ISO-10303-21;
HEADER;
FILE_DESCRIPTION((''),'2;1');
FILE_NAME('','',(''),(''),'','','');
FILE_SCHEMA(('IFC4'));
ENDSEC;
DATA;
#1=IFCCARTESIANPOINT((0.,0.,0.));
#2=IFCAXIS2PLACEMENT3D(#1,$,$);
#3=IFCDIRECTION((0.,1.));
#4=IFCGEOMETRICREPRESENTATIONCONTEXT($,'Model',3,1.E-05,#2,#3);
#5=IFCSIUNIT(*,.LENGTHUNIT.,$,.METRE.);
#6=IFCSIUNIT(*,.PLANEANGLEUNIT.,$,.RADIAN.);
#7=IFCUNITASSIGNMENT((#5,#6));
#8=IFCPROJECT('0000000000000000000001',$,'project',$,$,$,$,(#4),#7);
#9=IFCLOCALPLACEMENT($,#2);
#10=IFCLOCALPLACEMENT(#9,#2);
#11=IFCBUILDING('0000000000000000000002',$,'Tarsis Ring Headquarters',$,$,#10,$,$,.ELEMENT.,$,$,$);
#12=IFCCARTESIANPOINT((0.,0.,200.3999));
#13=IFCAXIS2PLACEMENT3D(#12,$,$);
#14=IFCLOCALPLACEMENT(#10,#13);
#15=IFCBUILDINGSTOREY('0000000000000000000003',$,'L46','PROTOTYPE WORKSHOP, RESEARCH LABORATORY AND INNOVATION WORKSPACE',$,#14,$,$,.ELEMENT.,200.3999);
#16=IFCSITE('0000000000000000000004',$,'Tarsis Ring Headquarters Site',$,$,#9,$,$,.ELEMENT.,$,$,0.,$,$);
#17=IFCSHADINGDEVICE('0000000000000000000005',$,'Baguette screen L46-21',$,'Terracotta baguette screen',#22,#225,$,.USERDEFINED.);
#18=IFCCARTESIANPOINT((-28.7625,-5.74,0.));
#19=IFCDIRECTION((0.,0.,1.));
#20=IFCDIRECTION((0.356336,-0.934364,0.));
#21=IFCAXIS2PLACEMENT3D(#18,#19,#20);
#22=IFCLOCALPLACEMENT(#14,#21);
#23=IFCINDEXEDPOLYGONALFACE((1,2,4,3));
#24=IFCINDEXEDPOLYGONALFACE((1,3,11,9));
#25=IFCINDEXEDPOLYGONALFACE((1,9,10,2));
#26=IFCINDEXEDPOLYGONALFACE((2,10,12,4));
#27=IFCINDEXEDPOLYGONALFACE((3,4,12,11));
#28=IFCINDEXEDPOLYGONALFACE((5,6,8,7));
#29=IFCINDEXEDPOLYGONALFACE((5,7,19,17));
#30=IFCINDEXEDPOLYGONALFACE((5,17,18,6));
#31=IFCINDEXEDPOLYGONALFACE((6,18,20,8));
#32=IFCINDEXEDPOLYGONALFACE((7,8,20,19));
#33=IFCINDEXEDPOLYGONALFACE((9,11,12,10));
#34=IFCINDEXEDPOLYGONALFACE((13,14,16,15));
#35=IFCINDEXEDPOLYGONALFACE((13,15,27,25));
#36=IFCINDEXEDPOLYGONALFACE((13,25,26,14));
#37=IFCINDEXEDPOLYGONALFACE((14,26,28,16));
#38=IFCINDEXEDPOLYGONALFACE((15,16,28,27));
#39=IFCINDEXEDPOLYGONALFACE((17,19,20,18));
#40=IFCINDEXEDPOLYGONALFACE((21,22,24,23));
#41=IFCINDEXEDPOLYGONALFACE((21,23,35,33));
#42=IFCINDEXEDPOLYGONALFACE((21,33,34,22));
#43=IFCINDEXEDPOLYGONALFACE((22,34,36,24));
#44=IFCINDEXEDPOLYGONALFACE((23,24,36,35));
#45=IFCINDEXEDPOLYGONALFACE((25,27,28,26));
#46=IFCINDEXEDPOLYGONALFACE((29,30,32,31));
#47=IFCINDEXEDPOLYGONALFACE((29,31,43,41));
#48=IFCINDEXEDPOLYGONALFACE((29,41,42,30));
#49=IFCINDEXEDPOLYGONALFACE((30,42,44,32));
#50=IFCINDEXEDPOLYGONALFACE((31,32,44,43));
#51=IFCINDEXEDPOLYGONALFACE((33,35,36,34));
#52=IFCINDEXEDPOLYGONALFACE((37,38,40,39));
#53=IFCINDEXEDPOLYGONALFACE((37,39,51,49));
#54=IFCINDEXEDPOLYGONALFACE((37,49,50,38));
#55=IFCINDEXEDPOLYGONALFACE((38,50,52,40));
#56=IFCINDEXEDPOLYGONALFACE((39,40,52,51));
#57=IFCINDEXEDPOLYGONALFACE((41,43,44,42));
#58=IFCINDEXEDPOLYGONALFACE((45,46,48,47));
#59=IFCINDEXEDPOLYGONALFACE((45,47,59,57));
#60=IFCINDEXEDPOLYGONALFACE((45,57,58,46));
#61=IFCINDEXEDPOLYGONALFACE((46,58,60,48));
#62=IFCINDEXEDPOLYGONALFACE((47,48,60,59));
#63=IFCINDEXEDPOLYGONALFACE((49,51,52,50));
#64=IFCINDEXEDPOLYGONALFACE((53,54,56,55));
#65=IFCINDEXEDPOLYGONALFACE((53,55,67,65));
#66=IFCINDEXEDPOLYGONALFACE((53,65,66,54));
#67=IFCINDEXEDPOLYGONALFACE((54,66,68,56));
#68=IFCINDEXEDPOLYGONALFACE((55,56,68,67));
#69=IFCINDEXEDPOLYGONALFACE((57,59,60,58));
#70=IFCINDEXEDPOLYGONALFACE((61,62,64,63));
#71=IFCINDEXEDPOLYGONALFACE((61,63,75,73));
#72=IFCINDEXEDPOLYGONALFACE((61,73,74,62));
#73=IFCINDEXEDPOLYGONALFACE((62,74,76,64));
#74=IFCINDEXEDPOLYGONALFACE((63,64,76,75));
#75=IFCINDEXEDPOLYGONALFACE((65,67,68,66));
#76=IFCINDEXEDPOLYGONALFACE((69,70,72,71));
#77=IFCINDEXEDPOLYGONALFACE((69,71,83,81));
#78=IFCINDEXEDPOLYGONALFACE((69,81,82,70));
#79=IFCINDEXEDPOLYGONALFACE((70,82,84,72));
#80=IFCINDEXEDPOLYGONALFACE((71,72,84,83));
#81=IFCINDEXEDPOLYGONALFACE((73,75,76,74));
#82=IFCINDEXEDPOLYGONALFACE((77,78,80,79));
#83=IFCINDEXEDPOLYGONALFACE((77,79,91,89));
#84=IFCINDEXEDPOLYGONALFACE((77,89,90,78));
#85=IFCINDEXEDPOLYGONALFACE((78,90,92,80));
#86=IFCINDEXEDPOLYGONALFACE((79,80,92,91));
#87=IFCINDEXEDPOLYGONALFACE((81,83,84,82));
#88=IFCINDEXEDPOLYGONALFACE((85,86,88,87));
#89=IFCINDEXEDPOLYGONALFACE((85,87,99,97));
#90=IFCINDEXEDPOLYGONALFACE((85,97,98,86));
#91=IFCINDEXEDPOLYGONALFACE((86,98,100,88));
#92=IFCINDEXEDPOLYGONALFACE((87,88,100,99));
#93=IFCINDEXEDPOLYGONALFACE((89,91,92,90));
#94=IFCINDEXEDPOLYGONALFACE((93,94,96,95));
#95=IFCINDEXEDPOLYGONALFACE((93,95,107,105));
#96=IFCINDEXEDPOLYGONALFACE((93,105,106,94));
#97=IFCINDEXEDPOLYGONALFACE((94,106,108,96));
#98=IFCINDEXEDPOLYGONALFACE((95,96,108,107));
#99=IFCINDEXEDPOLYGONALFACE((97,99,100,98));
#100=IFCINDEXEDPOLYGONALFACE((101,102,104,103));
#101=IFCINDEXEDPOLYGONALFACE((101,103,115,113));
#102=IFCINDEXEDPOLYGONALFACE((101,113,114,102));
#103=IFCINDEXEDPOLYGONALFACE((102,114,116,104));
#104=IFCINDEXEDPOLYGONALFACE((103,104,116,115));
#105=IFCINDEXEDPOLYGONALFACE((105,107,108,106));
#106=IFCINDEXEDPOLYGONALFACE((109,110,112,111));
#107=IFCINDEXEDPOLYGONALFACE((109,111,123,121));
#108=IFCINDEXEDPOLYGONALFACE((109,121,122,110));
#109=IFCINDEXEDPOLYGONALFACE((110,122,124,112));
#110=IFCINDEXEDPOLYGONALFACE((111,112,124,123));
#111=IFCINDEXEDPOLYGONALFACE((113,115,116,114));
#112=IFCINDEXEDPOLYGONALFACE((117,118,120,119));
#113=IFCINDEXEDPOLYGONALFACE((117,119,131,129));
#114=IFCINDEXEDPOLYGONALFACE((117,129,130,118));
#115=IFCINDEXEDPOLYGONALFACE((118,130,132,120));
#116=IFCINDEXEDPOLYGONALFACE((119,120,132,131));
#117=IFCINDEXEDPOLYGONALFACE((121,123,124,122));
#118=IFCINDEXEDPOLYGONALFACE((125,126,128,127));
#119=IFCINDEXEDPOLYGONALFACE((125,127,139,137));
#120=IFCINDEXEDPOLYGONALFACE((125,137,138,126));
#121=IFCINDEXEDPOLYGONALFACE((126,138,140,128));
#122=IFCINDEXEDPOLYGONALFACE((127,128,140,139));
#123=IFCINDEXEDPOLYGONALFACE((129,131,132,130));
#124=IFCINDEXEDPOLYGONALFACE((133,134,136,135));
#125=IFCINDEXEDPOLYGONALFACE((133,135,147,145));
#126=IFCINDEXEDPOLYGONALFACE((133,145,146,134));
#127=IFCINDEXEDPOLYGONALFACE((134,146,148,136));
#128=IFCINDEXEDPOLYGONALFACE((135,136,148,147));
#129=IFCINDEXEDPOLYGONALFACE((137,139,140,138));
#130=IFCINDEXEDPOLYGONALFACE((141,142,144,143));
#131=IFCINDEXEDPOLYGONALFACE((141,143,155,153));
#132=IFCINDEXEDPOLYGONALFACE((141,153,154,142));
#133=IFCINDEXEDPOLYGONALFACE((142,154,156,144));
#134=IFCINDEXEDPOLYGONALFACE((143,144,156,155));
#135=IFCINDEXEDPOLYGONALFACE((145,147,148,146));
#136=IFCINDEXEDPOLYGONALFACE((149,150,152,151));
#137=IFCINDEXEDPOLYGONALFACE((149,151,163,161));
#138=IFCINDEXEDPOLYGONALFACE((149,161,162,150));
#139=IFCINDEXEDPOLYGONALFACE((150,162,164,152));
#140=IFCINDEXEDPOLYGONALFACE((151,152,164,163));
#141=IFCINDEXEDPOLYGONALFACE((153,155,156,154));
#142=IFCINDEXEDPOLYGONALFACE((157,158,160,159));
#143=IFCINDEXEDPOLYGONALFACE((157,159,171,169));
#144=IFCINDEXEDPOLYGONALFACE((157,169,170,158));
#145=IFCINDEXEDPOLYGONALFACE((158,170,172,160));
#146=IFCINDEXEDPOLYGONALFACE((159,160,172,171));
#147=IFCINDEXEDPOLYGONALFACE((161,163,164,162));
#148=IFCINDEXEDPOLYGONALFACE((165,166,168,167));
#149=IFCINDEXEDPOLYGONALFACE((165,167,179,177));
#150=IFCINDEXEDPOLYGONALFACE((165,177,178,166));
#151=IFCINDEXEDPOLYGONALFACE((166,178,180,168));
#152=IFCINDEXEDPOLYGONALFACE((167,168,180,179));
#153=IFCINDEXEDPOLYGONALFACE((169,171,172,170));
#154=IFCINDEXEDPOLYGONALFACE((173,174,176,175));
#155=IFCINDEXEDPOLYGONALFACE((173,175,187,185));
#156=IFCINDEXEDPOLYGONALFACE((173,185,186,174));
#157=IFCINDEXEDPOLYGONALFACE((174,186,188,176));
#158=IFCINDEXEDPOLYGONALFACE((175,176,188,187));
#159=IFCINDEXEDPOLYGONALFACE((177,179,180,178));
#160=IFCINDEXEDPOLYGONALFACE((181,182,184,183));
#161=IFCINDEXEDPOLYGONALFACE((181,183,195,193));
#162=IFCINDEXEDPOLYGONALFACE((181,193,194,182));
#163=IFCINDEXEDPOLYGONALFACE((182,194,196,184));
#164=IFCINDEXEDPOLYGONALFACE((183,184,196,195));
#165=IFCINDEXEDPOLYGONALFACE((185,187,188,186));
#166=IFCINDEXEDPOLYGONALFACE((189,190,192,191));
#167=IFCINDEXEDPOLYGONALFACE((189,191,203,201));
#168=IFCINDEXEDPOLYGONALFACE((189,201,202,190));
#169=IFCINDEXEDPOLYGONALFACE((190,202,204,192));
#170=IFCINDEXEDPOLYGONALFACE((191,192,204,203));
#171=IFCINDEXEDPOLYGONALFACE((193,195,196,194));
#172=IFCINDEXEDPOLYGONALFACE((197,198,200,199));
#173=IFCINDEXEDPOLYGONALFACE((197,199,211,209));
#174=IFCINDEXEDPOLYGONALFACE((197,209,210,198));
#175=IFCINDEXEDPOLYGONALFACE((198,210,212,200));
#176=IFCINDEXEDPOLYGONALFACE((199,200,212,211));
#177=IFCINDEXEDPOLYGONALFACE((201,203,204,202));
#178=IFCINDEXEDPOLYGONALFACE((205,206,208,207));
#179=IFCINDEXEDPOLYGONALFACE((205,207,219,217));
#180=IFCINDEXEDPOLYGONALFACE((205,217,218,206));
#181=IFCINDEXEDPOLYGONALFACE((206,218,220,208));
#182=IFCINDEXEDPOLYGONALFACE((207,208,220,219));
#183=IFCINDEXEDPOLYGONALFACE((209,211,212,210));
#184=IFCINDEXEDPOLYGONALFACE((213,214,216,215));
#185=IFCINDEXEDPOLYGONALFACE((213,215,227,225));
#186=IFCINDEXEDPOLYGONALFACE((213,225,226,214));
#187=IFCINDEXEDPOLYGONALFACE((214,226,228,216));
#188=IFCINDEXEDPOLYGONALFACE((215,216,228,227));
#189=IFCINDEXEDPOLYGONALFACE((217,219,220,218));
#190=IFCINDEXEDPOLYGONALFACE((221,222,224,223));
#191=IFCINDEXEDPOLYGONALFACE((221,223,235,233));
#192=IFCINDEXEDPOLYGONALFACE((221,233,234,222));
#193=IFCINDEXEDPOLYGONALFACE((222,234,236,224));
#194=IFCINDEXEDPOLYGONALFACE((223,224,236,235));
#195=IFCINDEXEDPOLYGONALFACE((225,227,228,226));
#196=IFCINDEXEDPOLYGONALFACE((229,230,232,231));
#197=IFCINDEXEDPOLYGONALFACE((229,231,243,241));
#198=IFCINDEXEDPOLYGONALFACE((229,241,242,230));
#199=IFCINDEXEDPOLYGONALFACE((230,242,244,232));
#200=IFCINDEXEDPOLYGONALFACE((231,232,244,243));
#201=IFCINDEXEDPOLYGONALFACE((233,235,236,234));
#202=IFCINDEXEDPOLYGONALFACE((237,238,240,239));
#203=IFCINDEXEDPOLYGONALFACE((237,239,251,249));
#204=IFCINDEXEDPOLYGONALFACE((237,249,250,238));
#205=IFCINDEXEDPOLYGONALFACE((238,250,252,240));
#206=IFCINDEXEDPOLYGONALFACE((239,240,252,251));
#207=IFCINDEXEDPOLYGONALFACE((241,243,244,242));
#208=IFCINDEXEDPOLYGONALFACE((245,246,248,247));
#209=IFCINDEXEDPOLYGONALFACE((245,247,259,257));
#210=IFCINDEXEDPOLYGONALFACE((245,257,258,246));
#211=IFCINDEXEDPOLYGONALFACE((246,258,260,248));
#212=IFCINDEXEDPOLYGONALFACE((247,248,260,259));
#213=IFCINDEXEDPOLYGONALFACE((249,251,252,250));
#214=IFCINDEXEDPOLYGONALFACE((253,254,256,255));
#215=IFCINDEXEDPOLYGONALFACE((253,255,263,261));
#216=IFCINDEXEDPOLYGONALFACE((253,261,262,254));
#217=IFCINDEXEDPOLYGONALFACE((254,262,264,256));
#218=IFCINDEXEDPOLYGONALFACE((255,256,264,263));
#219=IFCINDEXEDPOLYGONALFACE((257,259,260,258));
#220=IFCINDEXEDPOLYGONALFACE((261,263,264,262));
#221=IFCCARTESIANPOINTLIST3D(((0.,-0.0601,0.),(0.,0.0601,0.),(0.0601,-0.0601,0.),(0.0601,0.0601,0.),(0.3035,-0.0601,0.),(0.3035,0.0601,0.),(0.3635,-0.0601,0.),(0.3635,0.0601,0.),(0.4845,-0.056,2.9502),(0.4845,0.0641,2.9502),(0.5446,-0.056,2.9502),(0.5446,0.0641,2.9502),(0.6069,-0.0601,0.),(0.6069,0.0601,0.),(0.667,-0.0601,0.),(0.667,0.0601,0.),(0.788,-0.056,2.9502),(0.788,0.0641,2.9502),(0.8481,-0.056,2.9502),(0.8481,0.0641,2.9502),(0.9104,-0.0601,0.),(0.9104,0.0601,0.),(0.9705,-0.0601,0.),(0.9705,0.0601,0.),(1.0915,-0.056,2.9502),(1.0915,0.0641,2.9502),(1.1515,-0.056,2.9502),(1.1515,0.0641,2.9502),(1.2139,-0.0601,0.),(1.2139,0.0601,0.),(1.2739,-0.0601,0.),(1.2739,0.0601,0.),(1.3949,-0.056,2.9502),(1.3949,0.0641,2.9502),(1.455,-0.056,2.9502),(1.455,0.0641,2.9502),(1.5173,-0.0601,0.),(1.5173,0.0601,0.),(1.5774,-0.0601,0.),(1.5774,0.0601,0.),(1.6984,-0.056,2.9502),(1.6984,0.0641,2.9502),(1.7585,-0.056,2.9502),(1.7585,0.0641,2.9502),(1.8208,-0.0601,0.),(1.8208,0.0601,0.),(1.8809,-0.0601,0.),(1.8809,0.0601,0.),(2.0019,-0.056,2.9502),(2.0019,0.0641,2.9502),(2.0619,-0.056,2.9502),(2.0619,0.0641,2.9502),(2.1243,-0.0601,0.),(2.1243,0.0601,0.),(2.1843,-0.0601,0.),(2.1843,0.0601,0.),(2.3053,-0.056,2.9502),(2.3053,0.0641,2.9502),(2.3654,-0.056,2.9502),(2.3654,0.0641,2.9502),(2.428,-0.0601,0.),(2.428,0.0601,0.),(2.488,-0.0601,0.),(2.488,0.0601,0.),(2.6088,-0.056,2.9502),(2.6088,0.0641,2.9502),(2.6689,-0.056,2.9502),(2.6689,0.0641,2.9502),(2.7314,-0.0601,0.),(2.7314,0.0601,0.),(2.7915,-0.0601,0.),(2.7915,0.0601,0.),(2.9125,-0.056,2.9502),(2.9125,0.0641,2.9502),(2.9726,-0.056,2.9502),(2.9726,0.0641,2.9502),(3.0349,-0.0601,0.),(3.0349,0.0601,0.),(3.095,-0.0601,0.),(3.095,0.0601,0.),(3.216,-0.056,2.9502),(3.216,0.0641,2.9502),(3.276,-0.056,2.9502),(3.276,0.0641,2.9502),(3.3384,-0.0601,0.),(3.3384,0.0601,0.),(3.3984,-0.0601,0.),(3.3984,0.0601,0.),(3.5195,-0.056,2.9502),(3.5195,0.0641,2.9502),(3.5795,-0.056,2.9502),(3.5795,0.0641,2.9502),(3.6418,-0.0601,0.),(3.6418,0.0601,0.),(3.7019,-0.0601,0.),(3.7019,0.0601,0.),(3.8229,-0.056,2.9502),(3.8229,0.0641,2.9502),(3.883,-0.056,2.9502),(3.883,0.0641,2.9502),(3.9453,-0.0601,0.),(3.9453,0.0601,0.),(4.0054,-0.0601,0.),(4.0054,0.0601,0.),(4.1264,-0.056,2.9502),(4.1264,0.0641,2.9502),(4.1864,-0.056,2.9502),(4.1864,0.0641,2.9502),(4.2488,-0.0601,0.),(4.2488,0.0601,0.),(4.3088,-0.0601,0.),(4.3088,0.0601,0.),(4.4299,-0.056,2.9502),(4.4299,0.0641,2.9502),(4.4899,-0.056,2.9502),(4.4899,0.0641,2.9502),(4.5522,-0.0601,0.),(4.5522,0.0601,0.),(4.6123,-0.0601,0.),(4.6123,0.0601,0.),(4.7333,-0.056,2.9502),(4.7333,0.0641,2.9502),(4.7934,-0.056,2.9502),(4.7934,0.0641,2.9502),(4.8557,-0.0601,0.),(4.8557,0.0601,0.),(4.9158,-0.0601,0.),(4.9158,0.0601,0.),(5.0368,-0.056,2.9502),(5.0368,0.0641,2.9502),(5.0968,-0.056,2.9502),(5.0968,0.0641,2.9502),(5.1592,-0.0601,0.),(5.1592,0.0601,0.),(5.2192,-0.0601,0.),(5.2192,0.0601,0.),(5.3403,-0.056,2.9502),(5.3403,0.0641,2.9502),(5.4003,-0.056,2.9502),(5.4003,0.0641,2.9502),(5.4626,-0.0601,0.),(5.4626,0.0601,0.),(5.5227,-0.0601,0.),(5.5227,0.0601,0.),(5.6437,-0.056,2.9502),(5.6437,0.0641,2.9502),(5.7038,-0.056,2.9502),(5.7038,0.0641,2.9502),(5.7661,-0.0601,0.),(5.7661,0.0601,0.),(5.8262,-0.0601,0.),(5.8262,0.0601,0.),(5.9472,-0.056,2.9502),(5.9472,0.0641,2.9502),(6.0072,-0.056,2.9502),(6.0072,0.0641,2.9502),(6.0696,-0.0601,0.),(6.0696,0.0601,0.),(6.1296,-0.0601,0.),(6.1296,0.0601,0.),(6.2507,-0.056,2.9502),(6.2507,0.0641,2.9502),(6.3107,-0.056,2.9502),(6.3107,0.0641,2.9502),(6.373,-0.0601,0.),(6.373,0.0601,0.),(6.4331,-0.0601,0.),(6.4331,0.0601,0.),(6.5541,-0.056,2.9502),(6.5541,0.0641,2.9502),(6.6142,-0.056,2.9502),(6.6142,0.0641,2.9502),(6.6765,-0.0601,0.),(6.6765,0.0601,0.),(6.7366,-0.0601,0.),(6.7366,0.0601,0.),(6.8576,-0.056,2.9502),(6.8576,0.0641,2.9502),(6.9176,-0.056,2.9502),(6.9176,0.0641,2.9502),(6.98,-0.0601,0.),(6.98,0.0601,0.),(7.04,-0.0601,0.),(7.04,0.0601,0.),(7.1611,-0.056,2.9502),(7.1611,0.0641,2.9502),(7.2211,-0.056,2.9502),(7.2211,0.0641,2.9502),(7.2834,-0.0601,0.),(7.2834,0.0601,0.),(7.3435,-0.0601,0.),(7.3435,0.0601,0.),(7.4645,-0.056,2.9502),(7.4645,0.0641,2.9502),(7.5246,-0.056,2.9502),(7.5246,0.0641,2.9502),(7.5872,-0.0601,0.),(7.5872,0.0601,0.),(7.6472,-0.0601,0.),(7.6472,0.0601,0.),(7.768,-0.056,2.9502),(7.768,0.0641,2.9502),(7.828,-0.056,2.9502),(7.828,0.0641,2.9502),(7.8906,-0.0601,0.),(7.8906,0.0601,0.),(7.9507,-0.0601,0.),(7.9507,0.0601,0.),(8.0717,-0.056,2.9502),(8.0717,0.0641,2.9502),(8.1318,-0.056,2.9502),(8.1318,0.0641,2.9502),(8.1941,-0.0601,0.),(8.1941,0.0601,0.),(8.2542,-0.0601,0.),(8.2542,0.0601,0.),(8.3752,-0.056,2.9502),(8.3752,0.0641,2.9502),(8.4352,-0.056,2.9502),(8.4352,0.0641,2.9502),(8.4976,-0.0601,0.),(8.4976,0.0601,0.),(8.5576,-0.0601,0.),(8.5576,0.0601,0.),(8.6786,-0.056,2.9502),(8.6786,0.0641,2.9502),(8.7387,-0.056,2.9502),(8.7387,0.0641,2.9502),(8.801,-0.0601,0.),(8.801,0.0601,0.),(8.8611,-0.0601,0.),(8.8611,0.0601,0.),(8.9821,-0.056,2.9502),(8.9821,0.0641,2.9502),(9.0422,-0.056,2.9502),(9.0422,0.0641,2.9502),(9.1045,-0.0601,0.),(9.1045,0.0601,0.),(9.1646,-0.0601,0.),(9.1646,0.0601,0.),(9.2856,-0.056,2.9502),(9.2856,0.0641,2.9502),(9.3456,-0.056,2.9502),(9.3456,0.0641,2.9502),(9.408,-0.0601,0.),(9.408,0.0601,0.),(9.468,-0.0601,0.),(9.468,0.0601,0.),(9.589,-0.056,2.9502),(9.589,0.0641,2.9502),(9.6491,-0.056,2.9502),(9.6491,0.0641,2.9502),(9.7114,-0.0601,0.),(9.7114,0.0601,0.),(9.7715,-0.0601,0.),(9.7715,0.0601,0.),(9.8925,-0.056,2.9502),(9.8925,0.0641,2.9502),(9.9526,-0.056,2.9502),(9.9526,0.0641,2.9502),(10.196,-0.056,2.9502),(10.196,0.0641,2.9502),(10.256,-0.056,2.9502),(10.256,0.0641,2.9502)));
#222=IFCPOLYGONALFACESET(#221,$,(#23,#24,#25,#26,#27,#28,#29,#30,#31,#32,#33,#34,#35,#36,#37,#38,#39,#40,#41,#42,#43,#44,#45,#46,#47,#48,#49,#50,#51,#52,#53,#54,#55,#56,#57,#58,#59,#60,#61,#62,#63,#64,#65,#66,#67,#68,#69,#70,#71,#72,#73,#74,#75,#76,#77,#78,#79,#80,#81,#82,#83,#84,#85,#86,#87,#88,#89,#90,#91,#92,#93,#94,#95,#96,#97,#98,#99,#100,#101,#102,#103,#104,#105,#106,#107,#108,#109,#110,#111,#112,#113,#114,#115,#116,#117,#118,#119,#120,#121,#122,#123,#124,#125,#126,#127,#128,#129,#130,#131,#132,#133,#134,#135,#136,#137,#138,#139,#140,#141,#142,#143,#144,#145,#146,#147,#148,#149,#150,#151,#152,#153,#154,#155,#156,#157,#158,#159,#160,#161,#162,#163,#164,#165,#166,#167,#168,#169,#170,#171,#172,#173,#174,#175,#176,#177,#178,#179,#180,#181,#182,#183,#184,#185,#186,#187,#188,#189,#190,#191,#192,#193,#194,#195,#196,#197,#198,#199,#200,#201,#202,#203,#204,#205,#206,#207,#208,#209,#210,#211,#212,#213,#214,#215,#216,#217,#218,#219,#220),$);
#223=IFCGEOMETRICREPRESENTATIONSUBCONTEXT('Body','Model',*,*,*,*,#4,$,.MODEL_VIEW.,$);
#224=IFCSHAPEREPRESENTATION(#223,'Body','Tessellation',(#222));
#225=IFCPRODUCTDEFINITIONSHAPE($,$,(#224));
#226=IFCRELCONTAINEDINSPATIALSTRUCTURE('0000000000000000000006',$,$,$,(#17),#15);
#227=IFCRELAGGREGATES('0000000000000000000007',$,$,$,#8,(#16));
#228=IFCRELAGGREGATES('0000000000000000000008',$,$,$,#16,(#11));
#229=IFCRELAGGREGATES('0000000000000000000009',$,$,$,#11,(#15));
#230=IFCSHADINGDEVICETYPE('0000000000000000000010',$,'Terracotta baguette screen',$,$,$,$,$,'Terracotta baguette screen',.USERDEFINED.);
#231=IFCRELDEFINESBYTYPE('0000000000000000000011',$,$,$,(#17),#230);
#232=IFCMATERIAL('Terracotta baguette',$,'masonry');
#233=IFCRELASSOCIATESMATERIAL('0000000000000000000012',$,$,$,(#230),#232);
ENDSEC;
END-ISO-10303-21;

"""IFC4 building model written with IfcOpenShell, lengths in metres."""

from ifc_helpers import new_model, si_unit, direction, frame, frame_2d, origin, place, context, subcontext, project, spatial, rectangle, composite_profile, extrude, material, type_object, element, save


model = new_model("IFC4")

# Units and contexts
model_context = context("Model", 3, precision=1e-05, world=origin(), true_north=direction((0.0, 1.0)))
body_context = subcontext(model_context, "Body", "Model", "MODEL_VIEW")
ifc_project = project(units=[si_unit("LENGTHUNIT", "METRE"), si_unit("PLANEANGLEUNIT", "RADIAN")], contexts=[model_context])

# Site, building, storey
site_placement = place(None, origin())
site = spatial("IfcSite", under=ifc_project, at=site_placement, Name="Tarsis Ring Headquarters Site", CompositionType="ELEMENT", RefElevation=0.0)
building_placement = place(site_placement, origin())
building = spatial("IfcBuilding", under=site, at=building_placement, Name="Tarsis Ring Headquarters", CompositionType="ELEMENT")
storey_placement = place(building_placement, frame((0.0, 0.0, 200.3999)))
storey = spatial("IfcBuildingStorey", under=building, at=storey_placement, Name="L46", Description="PROTOTYPE WORKSHOP, RESEARCH LABORATORY AND INNOVATION WORKSPACE", CompositionType="ELEMENT", Elevation=200.3999)

# Shading device
ifc_material_1 = material(Name="Terracotta baguette", Category="masonry")
shading_device_type = type_object("IfcShadingDeviceType", Name="Terracotta baguette screen", ElementType="Terracotta baguette screen", PredefinedType="USERDEFINED", material=ifc_material_1)
shading_device_1_placement = place(storey_placement, frame((-28.7625, -5.74, 0.0), z_axis=(0.0, 0.0, 1.0), x_axis=(0.356336, -0.934364, 0.0)))
element("IfcShadingDevice", 1, at=shading_device_1_placement, inside=storey, type_object=shading_device_type, Name="Baguette screen L46-21", ObjectType="Terracotta baguette screen", PredefinedType="USERDEFINED", context=body_context, shape_type="SweptSolid", body=[
    extrude(composite_profile([rectangle(XDim=0.0601, YDim=0.1201, at=frame_2d((0.03, 0.0))), rectangle(XDim=0.0601, YDim=0.1201, at=frame_2d((0.3335, 0.0))), rectangle(XDim=0.0601, YDim=0.1201, at=frame_2d((0.637, 0.0))), rectangle(XDim=0.0601, YDim=0.1201, at=frame_2d((0.9404, 0.0))), rectangle(XDim=0.0601, YDim=0.1201, at=frame_2d((1.2439, 0.0))), rectangle(XDim=0.0601, YDim=0.1201, at=frame_2d((1.5474, 0.0))), rectangle(XDim=0.0601, YDim=0.1201, at=frame_2d((1.8508, 0.0))), rectangle(XDim=0.0601, YDim=0.1201, at=frame_2d((2.1543, 0.0))), rectangle(XDim=0.0601, YDim=0.1201, at=frame_2d((2.458, 0.0))), rectangle(XDim=0.0601, YDim=0.1201, at=frame_2d((2.7615, 0.0))), rectangle(XDim=0.0601, YDim=0.1201, at=frame_2d((3.0649, 0.0))), rectangle(XDim=0.0601, YDim=0.1201, at=frame_2d((3.3684, 0.0))), rectangle(XDim=0.0601, YDim=0.1201, at=frame_2d((3.6719, 0.0))), rectangle(XDim=0.0601, YDim=0.1201, at=frame_2d((3.9753, 0.0))), rectangle(XDim=0.0601, YDim=0.1201, at=frame_2d((4.2788, 0.0))), rectangle(XDim=0.0601, YDim=0.1201, at=frame_2d((4.5823, 0.0))), rectangle(XDim=0.0601, YDim=0.1201, at=frame_2d((4.8857, 0.0))), rectangle(XDim=0.0601, YDim=0.1201, at=frame_2d((5.1892, 0.0))), rectangle(XDim=0.0601, YDim=0.1201, at=frame_2d((5.4927, 0.0))), rectangle(XDim=0.0601, YDim=0.1201, at=frame_2d((5.7961, 0.0))), rectangle(XDim=0.0601, YDim=0.1201, at=frame_2d((6.0996, 0.0))), rectangle(XDim=0.0601, YDim=0.1201, at=frame_2d((6.4031, 0.0))), rectangle(XDim=0.0601, YDim=0.1201, at=frame_2d((6.7065, 0.0))), rectangle(XDim=0.0601, YDim=0.1201, at=frame_2d((7.01, 0.0))), rectangle(XDim=0.0601, YDim=0.1201, at=frame_2d((7.3135, 0.0))), rectangle(XDim=0.0601, YDim=0.1201, at=frame_2d((7.6172, 0.0))), rectangle(XDim=0.0601, YDim=0.1201, at=frame_2d((7.9207, 0.0))), rectangle(XDim=0.0601, YDim=0.1201, at=frame_2d((8.2241, 0.0))), rectangle(XDim=0.0601, YDim=0.1201, at=frame_2d((8.5276, 0.0))), rectangle(XDim=0.0601, YDim=0.1201, at=frame_2d((8.8311, 0.0))), rectangle(XDim=0.0601, YDim=0.1201, at=frame_2d((9.1345, 0.0))), rectangle(XDim=0.0601, YDim=0.1201, at=frame_2d((9.438, 0.0))), rectangle(XDim=0.0601, YDim=0.1201, at=frame_2d((9.7415, 0.0)))]), origin(), (0.162068, 0.001357, 0.986779), 2.9897),
])

save(model, "model.ifc")
